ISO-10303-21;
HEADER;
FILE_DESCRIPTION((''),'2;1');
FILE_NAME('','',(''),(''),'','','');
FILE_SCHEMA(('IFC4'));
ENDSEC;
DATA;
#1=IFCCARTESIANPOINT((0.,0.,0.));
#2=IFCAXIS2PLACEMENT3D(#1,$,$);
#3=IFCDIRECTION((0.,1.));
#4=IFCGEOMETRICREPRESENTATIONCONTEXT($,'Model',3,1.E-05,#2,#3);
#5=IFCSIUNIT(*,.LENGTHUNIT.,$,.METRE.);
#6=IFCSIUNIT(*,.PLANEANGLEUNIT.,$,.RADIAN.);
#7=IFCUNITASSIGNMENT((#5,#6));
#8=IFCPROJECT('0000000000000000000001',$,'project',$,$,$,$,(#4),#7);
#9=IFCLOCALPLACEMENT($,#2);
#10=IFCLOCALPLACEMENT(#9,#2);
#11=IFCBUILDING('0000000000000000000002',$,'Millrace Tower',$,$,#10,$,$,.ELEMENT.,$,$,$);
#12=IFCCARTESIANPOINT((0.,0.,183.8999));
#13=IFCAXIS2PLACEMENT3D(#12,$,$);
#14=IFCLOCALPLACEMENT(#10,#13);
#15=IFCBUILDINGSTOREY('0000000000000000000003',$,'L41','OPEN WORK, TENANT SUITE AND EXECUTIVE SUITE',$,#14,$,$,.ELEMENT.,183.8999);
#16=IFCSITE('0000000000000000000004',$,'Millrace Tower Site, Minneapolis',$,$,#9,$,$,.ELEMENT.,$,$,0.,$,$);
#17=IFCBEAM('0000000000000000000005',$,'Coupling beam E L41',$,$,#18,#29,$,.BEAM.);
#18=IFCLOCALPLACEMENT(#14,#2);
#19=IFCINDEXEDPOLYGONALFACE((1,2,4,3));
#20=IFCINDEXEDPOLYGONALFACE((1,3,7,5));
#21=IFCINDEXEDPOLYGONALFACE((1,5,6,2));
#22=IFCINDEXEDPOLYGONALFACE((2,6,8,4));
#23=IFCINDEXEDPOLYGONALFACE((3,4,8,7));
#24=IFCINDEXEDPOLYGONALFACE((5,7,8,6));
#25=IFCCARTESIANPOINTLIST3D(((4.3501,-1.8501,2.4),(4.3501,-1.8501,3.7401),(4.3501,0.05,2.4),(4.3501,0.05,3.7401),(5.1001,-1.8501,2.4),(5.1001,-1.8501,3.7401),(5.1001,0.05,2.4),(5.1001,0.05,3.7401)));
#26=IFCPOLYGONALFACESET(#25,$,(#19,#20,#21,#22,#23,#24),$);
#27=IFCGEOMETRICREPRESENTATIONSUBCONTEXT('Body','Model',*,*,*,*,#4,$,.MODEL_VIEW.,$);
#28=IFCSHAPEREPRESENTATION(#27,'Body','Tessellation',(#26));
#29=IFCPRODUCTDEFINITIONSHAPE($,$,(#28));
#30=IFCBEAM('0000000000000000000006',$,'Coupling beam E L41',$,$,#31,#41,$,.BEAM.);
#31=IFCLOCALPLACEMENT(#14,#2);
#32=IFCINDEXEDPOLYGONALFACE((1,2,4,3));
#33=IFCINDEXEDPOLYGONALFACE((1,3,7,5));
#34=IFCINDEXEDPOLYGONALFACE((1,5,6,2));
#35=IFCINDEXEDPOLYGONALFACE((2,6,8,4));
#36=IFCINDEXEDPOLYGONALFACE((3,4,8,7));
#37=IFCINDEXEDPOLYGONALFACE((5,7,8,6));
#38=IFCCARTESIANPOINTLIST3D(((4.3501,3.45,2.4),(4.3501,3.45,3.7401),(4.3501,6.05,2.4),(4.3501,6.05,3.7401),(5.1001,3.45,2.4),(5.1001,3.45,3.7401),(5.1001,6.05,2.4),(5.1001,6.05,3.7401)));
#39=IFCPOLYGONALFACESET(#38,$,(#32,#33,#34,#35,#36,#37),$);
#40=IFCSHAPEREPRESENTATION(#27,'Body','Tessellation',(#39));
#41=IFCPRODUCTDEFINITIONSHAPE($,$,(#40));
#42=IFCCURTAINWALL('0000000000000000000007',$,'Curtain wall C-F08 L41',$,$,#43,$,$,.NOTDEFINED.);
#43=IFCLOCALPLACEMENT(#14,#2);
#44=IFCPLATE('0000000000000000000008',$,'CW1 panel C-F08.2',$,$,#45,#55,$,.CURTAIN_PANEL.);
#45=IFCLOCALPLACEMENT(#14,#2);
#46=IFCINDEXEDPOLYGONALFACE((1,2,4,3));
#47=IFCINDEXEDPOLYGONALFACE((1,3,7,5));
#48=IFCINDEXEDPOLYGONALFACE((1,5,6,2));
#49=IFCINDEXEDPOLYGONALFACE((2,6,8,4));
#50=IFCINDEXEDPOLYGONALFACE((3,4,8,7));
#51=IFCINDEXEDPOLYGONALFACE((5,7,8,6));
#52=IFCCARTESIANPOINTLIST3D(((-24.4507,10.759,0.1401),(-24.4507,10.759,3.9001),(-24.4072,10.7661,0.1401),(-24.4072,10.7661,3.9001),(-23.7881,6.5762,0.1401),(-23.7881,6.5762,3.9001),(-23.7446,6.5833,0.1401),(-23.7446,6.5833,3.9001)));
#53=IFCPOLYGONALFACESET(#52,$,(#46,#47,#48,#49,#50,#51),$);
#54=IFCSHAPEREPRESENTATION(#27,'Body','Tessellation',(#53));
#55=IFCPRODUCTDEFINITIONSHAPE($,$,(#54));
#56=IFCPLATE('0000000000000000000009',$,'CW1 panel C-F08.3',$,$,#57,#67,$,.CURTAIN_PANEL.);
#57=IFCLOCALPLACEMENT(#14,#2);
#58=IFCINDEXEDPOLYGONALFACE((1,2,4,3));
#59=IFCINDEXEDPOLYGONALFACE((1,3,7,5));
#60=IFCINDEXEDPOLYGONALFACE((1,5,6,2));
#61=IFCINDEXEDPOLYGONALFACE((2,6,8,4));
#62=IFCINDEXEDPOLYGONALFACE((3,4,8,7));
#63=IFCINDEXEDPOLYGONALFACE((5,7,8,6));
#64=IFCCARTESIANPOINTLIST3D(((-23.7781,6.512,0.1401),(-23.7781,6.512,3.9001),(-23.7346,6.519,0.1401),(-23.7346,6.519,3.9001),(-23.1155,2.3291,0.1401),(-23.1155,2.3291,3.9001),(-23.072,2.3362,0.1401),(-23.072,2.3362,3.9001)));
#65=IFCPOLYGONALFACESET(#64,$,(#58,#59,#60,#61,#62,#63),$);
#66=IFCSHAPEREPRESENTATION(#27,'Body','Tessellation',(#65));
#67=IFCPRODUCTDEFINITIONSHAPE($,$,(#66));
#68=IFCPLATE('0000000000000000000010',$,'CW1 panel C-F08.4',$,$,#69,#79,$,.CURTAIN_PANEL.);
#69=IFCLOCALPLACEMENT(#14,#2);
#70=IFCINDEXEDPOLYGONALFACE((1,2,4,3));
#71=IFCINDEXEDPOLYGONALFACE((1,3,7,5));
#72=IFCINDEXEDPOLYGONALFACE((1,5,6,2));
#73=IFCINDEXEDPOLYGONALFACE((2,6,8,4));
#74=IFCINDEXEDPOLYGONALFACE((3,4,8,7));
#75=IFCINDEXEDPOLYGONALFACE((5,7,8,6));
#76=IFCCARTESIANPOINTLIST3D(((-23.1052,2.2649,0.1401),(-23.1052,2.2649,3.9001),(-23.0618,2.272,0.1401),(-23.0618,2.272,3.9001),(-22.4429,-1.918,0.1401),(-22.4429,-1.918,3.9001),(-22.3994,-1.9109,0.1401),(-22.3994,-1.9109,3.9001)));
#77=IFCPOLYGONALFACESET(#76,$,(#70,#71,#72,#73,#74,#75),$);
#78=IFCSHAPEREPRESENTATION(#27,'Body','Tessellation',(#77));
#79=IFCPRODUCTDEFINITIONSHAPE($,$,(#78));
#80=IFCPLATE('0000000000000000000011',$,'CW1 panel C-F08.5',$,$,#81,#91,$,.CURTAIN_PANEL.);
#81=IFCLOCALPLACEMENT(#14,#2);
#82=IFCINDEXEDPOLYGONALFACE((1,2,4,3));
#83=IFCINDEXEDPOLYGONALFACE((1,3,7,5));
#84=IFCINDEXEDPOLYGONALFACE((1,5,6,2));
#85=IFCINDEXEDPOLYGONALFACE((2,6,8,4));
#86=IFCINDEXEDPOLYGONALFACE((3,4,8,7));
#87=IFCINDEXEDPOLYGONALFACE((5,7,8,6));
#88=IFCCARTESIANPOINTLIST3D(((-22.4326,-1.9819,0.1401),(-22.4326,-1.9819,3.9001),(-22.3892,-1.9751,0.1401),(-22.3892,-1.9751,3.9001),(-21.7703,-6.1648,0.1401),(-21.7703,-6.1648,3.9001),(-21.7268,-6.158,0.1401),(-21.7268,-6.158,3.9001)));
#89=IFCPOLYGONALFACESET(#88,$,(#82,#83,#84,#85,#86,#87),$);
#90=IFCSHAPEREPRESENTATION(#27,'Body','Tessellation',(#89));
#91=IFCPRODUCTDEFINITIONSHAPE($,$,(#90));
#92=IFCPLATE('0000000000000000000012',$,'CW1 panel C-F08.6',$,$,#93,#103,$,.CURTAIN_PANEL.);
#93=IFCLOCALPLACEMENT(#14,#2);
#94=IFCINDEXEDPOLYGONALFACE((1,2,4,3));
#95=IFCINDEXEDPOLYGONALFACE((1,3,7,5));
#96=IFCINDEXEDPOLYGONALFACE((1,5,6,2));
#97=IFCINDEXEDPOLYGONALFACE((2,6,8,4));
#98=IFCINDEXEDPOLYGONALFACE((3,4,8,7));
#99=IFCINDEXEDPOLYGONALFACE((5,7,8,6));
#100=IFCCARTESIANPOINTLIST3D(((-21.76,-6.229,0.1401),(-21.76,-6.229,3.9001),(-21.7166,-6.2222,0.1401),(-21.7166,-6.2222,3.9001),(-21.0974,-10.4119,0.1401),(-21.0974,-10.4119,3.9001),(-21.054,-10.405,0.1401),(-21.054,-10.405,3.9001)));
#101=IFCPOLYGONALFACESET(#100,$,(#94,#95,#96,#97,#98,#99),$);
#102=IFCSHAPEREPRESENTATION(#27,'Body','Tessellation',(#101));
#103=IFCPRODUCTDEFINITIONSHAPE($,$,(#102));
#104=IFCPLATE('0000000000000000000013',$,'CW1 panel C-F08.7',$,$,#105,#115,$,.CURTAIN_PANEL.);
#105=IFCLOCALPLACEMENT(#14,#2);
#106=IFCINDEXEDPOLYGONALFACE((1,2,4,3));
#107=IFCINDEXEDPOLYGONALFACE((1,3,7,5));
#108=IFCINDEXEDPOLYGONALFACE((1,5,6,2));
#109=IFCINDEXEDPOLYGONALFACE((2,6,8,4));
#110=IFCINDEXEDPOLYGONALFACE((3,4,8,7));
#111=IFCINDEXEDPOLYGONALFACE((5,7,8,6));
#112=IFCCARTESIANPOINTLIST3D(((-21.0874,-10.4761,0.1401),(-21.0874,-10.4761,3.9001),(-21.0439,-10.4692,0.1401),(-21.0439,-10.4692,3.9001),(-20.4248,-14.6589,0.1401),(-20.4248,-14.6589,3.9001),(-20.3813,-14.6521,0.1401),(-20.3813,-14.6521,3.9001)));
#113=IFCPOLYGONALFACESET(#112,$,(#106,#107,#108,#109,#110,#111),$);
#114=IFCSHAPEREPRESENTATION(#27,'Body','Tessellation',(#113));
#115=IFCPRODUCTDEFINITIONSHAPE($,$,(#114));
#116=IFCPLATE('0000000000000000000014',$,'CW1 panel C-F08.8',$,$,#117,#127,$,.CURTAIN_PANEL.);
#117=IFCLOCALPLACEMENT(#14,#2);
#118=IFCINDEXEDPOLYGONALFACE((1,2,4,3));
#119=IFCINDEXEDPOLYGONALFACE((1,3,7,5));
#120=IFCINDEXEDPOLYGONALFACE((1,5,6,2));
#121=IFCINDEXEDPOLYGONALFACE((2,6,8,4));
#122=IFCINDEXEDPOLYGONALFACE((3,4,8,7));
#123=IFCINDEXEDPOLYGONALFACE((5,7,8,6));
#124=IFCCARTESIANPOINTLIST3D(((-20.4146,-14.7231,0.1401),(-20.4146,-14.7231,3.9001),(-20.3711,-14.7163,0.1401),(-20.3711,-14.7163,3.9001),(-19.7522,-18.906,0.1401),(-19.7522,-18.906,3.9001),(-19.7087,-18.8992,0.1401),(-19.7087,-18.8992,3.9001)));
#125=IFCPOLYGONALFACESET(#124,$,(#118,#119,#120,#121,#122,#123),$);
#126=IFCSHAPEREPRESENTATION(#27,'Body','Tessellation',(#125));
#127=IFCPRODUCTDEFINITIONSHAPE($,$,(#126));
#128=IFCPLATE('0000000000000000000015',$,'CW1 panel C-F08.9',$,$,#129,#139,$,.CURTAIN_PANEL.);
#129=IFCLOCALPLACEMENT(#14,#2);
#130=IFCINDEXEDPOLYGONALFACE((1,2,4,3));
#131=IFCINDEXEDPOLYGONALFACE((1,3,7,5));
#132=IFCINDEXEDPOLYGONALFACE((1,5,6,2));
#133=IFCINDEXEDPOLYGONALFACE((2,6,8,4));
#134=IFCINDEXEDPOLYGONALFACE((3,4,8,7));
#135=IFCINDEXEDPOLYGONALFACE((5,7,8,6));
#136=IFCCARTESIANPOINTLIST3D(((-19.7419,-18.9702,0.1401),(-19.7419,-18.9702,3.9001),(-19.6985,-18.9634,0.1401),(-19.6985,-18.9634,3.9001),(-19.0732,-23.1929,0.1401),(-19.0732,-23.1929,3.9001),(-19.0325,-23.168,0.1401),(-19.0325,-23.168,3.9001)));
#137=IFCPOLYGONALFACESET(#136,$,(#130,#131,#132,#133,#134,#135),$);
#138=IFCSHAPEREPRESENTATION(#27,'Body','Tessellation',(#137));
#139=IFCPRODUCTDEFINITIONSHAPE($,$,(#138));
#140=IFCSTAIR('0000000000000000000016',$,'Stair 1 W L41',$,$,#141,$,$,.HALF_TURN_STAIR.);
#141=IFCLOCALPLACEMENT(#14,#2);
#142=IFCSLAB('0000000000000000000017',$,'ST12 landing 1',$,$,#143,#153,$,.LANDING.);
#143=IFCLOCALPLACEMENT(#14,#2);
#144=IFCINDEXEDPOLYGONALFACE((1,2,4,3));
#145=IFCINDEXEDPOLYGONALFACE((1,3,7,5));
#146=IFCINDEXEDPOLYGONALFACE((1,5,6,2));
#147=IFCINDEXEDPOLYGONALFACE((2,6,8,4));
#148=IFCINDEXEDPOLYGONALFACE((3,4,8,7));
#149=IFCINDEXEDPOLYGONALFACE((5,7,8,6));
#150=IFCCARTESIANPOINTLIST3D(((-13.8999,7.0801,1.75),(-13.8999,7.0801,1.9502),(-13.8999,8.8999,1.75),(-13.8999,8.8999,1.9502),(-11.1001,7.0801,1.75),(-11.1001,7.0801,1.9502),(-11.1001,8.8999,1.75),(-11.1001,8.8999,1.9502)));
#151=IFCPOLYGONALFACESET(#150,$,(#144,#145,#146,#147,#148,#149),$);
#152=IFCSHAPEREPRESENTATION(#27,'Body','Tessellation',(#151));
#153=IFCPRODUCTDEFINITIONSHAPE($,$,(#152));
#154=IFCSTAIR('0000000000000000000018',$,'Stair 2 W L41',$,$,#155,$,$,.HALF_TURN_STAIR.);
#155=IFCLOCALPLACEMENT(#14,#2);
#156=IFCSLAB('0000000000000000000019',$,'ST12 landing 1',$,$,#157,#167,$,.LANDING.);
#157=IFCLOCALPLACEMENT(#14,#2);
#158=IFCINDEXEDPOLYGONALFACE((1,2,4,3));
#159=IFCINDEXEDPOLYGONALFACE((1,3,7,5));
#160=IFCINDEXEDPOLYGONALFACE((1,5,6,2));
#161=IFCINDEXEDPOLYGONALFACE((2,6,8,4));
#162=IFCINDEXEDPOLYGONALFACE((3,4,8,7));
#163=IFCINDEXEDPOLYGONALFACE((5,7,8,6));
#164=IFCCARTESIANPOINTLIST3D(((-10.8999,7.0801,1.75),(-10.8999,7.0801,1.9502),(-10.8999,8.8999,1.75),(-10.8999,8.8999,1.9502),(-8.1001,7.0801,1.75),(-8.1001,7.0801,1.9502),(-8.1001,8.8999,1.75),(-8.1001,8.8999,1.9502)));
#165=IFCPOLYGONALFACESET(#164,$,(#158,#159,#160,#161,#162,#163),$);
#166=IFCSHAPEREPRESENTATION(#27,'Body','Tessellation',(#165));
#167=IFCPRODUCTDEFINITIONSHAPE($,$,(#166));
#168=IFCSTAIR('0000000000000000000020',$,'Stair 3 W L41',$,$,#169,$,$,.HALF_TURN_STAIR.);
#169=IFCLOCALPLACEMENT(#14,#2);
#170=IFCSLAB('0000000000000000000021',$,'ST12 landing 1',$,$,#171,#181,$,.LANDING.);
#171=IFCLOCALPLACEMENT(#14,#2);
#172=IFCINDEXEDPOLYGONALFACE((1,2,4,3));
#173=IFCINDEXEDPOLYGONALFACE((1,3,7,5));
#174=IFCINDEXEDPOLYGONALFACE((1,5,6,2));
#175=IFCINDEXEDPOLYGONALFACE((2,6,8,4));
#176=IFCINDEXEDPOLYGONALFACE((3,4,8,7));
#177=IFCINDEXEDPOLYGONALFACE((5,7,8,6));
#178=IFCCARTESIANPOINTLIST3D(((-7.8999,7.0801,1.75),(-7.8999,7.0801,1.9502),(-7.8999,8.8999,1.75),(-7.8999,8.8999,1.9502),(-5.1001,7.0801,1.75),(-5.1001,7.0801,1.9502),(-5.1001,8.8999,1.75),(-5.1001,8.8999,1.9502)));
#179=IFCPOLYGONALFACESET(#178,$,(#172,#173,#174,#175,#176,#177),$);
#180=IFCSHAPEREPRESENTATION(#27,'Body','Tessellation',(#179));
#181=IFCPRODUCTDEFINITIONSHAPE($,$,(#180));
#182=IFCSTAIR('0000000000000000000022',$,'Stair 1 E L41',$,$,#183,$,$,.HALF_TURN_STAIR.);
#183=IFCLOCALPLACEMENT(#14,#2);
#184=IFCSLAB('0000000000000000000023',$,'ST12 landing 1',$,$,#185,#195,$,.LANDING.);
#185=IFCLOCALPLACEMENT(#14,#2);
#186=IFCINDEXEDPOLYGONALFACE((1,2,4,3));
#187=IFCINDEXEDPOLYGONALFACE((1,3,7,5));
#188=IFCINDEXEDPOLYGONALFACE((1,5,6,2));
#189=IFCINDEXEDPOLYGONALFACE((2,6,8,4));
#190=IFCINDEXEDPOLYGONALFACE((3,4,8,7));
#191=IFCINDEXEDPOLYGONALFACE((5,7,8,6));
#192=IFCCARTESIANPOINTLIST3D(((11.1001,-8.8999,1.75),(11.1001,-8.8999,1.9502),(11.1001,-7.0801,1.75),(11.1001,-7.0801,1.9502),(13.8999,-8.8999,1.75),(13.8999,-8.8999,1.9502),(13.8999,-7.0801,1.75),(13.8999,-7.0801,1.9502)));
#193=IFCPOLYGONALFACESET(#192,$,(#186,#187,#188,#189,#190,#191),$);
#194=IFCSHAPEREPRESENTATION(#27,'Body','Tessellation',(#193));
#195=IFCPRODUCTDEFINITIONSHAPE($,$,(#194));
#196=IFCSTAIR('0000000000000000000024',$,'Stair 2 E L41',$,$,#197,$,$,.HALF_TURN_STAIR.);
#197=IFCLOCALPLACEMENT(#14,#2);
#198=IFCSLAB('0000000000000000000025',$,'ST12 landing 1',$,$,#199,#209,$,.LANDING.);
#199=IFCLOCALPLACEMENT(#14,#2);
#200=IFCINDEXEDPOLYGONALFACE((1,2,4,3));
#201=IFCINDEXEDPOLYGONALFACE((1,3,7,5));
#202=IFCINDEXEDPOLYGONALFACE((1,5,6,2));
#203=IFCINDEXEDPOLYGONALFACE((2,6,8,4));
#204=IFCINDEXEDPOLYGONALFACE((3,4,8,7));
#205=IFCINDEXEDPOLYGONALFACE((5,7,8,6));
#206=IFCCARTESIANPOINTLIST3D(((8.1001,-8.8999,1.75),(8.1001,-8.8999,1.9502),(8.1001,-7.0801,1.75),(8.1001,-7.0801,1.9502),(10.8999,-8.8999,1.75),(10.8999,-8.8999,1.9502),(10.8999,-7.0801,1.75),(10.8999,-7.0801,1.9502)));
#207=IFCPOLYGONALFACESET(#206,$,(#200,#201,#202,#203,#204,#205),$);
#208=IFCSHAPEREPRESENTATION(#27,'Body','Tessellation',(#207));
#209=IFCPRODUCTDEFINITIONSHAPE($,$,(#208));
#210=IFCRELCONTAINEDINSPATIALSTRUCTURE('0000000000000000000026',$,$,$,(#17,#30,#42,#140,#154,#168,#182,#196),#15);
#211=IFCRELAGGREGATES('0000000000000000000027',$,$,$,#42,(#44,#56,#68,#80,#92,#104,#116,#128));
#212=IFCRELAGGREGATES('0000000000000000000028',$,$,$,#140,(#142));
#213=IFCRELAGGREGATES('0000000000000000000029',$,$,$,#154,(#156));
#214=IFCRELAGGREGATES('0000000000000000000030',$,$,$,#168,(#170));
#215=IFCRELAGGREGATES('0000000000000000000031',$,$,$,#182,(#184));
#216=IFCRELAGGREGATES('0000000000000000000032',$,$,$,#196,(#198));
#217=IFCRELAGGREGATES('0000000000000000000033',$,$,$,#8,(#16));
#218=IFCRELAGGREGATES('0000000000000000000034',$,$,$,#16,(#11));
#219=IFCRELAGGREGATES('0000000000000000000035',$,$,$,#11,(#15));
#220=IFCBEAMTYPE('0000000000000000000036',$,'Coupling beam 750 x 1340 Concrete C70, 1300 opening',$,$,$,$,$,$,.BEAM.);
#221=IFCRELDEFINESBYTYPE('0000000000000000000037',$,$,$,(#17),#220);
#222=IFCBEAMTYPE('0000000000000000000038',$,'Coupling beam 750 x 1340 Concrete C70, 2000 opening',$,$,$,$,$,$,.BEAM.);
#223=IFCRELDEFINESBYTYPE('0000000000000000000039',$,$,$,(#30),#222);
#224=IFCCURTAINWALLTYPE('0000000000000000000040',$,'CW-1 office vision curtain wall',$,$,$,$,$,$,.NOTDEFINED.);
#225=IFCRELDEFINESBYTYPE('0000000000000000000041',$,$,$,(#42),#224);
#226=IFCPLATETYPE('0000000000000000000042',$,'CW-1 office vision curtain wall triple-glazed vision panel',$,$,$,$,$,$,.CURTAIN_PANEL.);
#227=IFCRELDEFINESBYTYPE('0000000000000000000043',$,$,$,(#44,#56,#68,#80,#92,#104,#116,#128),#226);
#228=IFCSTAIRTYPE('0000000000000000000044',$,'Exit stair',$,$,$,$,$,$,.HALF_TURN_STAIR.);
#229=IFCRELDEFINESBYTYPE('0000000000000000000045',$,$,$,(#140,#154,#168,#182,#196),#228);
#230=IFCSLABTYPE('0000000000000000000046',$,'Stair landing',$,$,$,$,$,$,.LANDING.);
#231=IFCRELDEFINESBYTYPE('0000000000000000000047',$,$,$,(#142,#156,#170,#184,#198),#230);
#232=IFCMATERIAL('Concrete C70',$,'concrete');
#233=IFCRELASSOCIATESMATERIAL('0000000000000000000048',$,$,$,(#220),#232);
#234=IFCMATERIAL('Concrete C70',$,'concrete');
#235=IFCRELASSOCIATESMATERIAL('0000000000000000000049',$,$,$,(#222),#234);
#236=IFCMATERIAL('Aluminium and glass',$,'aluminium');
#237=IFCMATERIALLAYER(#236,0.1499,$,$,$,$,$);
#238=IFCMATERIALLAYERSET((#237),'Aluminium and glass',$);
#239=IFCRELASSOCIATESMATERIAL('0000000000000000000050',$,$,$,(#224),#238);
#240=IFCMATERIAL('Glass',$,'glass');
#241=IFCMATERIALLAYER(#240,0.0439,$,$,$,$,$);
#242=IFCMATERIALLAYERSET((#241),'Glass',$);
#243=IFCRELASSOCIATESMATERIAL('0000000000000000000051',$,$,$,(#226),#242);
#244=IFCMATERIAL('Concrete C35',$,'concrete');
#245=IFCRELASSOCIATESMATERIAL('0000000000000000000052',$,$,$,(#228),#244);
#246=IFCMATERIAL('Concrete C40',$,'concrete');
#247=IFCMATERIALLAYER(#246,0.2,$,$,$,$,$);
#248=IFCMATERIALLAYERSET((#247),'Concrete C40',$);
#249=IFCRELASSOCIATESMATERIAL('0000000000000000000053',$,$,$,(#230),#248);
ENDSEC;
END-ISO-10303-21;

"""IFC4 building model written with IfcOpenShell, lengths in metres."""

from ifc_helpers import new_model, si_unit, direction, frame, origin, origin_2d, place, context, subcontext, project, spatial, polyline, rectangle, outline, extrude, material, layer, layer_set, material_profile, profile_set, type_object, element, aggregate, save


model = new_model("IFC4")

# Units and contexts
model_context = context("Model", 3, precision=1e-05, world=origin(), true_north=direction((0.0, 1.0)))
body_context = subcontext(model_context, "Body", "Model", "MODEL_VIEW")
ifc_project = project(units=[si_unit("LENGTHUNIT", "METRE"), si_unit("PLANEANGLEUNIT", "RADIAN")], contexts=[model_context])

# Site, building, storey
site_placement = place(None, origin())
site = spatial("IfcSite", under=ifc_project, at=site_placement, Name="Millrace Tower Site, Minneapolis", CompositionType="ELEMENT", RefElevation=0.0)
building_placement = place(site_placement, origin())
building = spatial("IfcBuilding", under=site, at=building_placement, Name="Millrace Tower", CompositionType="ELEMENT")
storey_placement = place(building_placement, frame((0.0, 0.0, 183.8999)))
storey = spatial("IfcBuildingStorey", under=building, at=storey_placement, Name="L41", Description="OPEN WORK, TENANT SUITE AND EXECUTIVE SUITE", CompositionType="ELEMENT", Elevation=183.8999)

# Beams
ifc_material_1 = material(Name="Concrete C70", Category="concrete")
ifc_material_profile_1 = material_profile(ifc_material_1, rectangle(XDim=0.75, YDim=1.3401, at=origin_2d()))
ifc_profile_set_1 = profile_set([ifc_material_profile_1], Name="Concrete C70")
beam_type_1 = type_object("IfcBeamType", Name="Coupling beam 750 x 1340 Concrete C70, 1300 opening", PredefinedType="BEAM", material=ifc_profile_set_1)
beam_1_placement = place(storey_placement, frame((4.7251, 0.05, 3.0701), z_axis=(0.0, -1.0, 0.0), x_axis=(1.0, 0.0, 0.0)))
element("IfcBeam", 1, at=beam_1_placement, inside=storey, type_object=beam_type_1, Name="Coupling beam E L41", PredefinedType="BEAM", context=body_context, shape_type="SweptSolid", body=[
    extrude(rectangle(XDim=0.75, YDim=1.3401, at=origin_2d()), origin(), (0.0, 0.0, 1.0), 1.9001),
])
ifc_material_2 = material(Name="Concrete C70", Category="concrete")
ifc_material_profile_2 = material_profile(ifc_material_2, rectangle(XDim=0.75, YDim=1.3401, at=origin_2d()))
ifc_profile_set_2 = profile_set([ifc_material_profile_2], Name="Concrete C70")
beam_type_2 = type_object("IfcBeamType", Name="Coupling beam 750 x 1340 Concrete C70, 2000 opening", PredefinedType="BEAM", material=ifc_profile_set_2)
beam_2_placement = place(storey_placement, frame((4.7251, 6.05, 3.0701), z_axis=(0.0, -1.0, 0.0), x_axis=(1.0, 0.0, 0.0)))
element("IfcBeam", 2, at=beam_2_placement, inside=storey, type_object=beam_type_2, Name="Coupling beam E L41", PredefinedType="BEAM", context=body_context, shape_type="SweptSolid", body=[
    extrude(rectangle(XDim=0.75, YDim=1.3401, at=origin_2d()), origin(), (0.0, 0.0, 1.0), 2.6001),
])

# Curtain wall, plates
ifc_material_3 = material(Name="Aluminium and glass", Category="aluminium")
ifc_layer_1 = layer(ifc_material_3, 0.1499)
ifc_layer_set_1 = layer_set([ifc_layer_1], Name="Aluminium and glass")
curtain_wall_type = type_object("IfcCurtainWallType", Name="CW-1 office vision curtain wall", PredefinedType="NOTDEFINED", material=ifc_layer_set_1)
placement_1 = place(storey_placement, origin())
curtain_wall = element("IfcCurtainWall", 3, at=placement_1, inside=storey, type_object=curtain_wall_type, Name="Curtain wall C-F08 L41", PredefinedType="NOTDEFINED")
ifc_material_4 = material(Name="Glass", Category="glass")
ifc_layer_2 = layer(ifc_material_4, 0.0439)
ifc_layer_set_2 = layer_set([ifc_layer_2], Name="Glass")
plate_type = type_object("IfcPlateType", Name="CW-1 office vision curtain wall triple-glazed vision panel", PredefinedType="CURTAIN_PANEL", material=ifc_layer_set_2)
placement_2 = place(storey_placement, frame((0.0, 0.0, 0.1401)))
plate_1 = element("IfcPlate", 4, at=placement_2, type_object=plate_type, Name="CW1 panel C-F08.2", PredefinedType="CURTAIN_PANEL", context=body_context, shape_type="SweptSolid", body=[
    extrude(outline(polyline([(-24.4507, 10.759), (-23.7881, 6.5762), (-23.7446, 6.5833), (-24.4072, 10.7661), (-24.4507, 10.759)])), origin(), (0.0, 0.0, 1.0), 3.76),
])
plate_2 = element("IfcPlate", 5, at=placement_2, type_object=plate_type, Name="CW1 panel C-F08.3", PredefinedType="CURTAIN_PANEL", context=body_context, shape_type="SweptSolid", body=[
    extrude(outline(polyline([(-23.7781, 6.512), (-23.1155, 2.3291), (-23.072, 2.3362), (-23.7346, 6.519), (-23.7781, 6.512)])), origin(), (0.0, 0.0, 1.0), 3.76),
])
plate_3 = element("IfcPlate", 6, at=placement_2, type_object=plate_type, Name="CW1 panel C-F08.4", PredefinedType="CURTAIN_PANEL", context=body_context, shape_type="SweptSolid", body=[
    extrude(outline(polyline([(-23.1052, 2.2649), (-22.4429, -1.918), (-22.3994, -1.9109), (-23.0618, 2.272), (-23.1052, 2.2649)])), origin(), (0.0, 0.0, 1.0), 3.76),
])
plate_4 = element("IfcPlate", 7, at=placement_2, type_object=plate_type, Name="CW1 panel C-F08.5", PredefinedType="CURTAIN_PANEL", context=body_context, shape_type="SweptSolid", body=[
    extrude(outline(polyline([(-22.4326, -1.9819), (-21.7703, -6.1648), (-21.7268, -6.158), (-22.3892, -1.9751), (-22.4326, -1.9819)])), origin(), (0.0, 0.0, 1.0), 3.76),
])
plate_5 = element("IfcPlate", 8, at=placement_2, type_object=plate_type, Name="CW1 panel C-F08.6", PredefinedType="CURTAIN_PANEL", context=body_context, shape_type="SweptSolid", body=[
    extrude(outline(polyline([(-21.76, -6.229), (-21.0974, -10.4119), (-21.054, -10.405), (-21.7166, -6.2222), (-21.76, -6.229)])), origin(), (0.0, 0.0, 1.0), 3.76),
])
plate_6 = element("IfcPlate", 9, at=placement_2, type_object=plate_type, Name="CW1 panel C-F08.7", PredefinedType="CURTAIN_PANEL", context=body_context, shape_type="SweptSolid", body=[
    extrude(outline(polyline([(-21.0874, -10.4761), (-20.4248, -14.6589), (-20.3813, -14.6521), (-21.0439, -10.4692), (-21.0874, -10.4761)])), origin(), (0.0, 0.0, 1.0), 3.76),
])
plate_7 = element("IfcPlate", 10, at=placement_2, type_object=plate_type, Name="CW1 panel C-F08.8", PredefinedType="CURTAIN_PANEL", context=body_context, shape_type="SweptSolid", body=[
    extrude(outline(polyline([(-20.4146, -14.7231), (-19.7522, -18.906), (-19.7087, -18.8992), (-20.3711, -14.7163), (-20.4146, -14.7231)])), origin(), (0.0, 0.0, 1.0), 3.76),
])
plate_8 = element("IfcPlate", 11, at=placement_2, type_object=plate_type, Name="CW1 panel C-F08.9", PredefinedType="CURTAIN_PANEL", context=body_context, shape_type="SweptSolid", body=[
    extrude(outline(polyline([(-19.7419, -18.9702), (-19.0732, -23.1929), (-19.0325, -23.168), (-19.6985, -18.9634), (-19.7419, -18.9702)])), origin(), (0.0, 0.0, 1.0), 3.76),
])
aggregate(curtain_wall, [plate_1, plate_2, plate_3, plate_4, plate_5, plate_6, plate_7, plate_8])

# Stairs, slabs
ifc_material_5 = material(Name="Concrete C35", Category="concrete")
stair_type = type_object("IfcStairType", Name="Exit stair", PredefinedType="HALF_TURN_STAIR", material=ifc_material_5)
stair_1 = element("IfcStair", 12, at=placement_1, inside=storey, type_object=stair_type, Name="Stair 1 W L41", PredefinedType="HALF_TURN_STAIR")
ifc_material_6 = material(Name="Concrete C40", Category="concrete")
ifc_layer_3 = layer(ifc_material_6, 0.2)
ifc_layer_set_3 = layer_set([ifc_layer_3], Name="Concrete C40")
slab_type = type_object("IfcSlabType", Name="Stair landing", PredefinedType="LANDING", material=ifc_layer_set_3)
placement_3 = place(storey_placement, frame((0.0, 0.0, 1.75)))
slab_1 = element("IfcSlab", 13, at=placement_3, type_object=slab_type, Name="ST12 landing 1", PredefinedType="LANDING", context=body_context, shape_type="SweptSolid", body=[
    extrude(outline(polyline([(-13.8999, 7.0801), (-11.1001, 7.0801), (-11.1001, 8.8999), (-13.8999, 8.8999), (-13.8999, 7.0801)])), origin(), (0.0, 0.0, 1.0), 0.2002),
])
aggregate(stair_1, [slab_1])
stair_2 = element("IfcStair", 14, at=placement_1, inside=storey, type_object=stair_type, Name="Stair 2 W L41", PredefinedType="HALF_TURN_STAIR")
slab_2 = element("IfcSlab", 15, at=placement_3, type_object=slab_type, Name="ST12 landing 1", PredefinedType="LANDING", context=body_context, shape_type="SweptSolid", body=[
    extrude(outline(polyline([(-10.8999, 7.0801), (-8.1001, 7.0801), (-8.1001, 8.8999), (-10.8999, 8.8999), (-10.8999, 7.0801)])), origin(), (0.0, 0.0, 1.0), 0.2002),
])
aggregate(stair_2, [slab_2])
stair_3 = element("IfcStair", 16, at=placement_1, inside=storey, type_object=stair_type, Name="Stair 3 W L41", PredefinedType="HALF_TURN_STAIR")
slab_3 = element("IfcSlab", 17, at=placement_3, type_object=slab_type, Name="ST12 landing 1", PredefinedType="LANDING", context=body_context, shape_type="SweptSolid", body=[
    extrude(outline(polyline([(-7.8999, 7.0801), (-5.1001, 7.0801), (-5.1001, 8.8999), (-7.8999, 8.8999), (-7.8999, 7.0801)])), origin(), (0.0, 0.0, 1.0), 0.2002),
])
aggregate(stair_3, [slab_3])
stair_4 = element("IfcStair", 18, at=placement_1, inside=storey, type_object=stair_type, Name="Stair 1 E L41", PredefinedType="HALF_TURN_STAIR")
slab_4 = element("IfcSlab", 19, at=placement_3, type_object=slab_type, Name="ST12 landing 1", PredefinedType="LANDING", context=body_context, shape_type="SweptSolid", body=[
    extrude(outline(polyline([(11.1001, -8.8999), (13.8999, -8.8999), (13.8999, -7.0801), (11.1001, -7.0801), (11.1001, -8.8999)])), origin(), (0.0, 0.0, 1.0), 0.2002),
])
aggregate(stair_4, [slab_4])
stair_5 = element("IfcStair", 20, at=placement_1, inside=storey, type_object=stair_type, Name="Stair 2 E L41", PredefinedType="HALF_TURN_STAIR")
slab_5 = element("IfcSlab", 21, at=placement_3, type_object=slab_type, Name="ST12 landing 1", PredefinedType="LANDING", context=body_context, shape_type="SweptSolid", body=[
    extrude(outline(polyline([(8.1001, -8.8999), (10.8999, -8.8999), (10.8999, -7.0801), (8.1001, -7.0801), (8.1001, -8.8999)])), origin(), (0.0, 0.0, 1.0), 0.2002),
])
aggregate(stair_5, [slab_5])

save(model, "model.ifc")
